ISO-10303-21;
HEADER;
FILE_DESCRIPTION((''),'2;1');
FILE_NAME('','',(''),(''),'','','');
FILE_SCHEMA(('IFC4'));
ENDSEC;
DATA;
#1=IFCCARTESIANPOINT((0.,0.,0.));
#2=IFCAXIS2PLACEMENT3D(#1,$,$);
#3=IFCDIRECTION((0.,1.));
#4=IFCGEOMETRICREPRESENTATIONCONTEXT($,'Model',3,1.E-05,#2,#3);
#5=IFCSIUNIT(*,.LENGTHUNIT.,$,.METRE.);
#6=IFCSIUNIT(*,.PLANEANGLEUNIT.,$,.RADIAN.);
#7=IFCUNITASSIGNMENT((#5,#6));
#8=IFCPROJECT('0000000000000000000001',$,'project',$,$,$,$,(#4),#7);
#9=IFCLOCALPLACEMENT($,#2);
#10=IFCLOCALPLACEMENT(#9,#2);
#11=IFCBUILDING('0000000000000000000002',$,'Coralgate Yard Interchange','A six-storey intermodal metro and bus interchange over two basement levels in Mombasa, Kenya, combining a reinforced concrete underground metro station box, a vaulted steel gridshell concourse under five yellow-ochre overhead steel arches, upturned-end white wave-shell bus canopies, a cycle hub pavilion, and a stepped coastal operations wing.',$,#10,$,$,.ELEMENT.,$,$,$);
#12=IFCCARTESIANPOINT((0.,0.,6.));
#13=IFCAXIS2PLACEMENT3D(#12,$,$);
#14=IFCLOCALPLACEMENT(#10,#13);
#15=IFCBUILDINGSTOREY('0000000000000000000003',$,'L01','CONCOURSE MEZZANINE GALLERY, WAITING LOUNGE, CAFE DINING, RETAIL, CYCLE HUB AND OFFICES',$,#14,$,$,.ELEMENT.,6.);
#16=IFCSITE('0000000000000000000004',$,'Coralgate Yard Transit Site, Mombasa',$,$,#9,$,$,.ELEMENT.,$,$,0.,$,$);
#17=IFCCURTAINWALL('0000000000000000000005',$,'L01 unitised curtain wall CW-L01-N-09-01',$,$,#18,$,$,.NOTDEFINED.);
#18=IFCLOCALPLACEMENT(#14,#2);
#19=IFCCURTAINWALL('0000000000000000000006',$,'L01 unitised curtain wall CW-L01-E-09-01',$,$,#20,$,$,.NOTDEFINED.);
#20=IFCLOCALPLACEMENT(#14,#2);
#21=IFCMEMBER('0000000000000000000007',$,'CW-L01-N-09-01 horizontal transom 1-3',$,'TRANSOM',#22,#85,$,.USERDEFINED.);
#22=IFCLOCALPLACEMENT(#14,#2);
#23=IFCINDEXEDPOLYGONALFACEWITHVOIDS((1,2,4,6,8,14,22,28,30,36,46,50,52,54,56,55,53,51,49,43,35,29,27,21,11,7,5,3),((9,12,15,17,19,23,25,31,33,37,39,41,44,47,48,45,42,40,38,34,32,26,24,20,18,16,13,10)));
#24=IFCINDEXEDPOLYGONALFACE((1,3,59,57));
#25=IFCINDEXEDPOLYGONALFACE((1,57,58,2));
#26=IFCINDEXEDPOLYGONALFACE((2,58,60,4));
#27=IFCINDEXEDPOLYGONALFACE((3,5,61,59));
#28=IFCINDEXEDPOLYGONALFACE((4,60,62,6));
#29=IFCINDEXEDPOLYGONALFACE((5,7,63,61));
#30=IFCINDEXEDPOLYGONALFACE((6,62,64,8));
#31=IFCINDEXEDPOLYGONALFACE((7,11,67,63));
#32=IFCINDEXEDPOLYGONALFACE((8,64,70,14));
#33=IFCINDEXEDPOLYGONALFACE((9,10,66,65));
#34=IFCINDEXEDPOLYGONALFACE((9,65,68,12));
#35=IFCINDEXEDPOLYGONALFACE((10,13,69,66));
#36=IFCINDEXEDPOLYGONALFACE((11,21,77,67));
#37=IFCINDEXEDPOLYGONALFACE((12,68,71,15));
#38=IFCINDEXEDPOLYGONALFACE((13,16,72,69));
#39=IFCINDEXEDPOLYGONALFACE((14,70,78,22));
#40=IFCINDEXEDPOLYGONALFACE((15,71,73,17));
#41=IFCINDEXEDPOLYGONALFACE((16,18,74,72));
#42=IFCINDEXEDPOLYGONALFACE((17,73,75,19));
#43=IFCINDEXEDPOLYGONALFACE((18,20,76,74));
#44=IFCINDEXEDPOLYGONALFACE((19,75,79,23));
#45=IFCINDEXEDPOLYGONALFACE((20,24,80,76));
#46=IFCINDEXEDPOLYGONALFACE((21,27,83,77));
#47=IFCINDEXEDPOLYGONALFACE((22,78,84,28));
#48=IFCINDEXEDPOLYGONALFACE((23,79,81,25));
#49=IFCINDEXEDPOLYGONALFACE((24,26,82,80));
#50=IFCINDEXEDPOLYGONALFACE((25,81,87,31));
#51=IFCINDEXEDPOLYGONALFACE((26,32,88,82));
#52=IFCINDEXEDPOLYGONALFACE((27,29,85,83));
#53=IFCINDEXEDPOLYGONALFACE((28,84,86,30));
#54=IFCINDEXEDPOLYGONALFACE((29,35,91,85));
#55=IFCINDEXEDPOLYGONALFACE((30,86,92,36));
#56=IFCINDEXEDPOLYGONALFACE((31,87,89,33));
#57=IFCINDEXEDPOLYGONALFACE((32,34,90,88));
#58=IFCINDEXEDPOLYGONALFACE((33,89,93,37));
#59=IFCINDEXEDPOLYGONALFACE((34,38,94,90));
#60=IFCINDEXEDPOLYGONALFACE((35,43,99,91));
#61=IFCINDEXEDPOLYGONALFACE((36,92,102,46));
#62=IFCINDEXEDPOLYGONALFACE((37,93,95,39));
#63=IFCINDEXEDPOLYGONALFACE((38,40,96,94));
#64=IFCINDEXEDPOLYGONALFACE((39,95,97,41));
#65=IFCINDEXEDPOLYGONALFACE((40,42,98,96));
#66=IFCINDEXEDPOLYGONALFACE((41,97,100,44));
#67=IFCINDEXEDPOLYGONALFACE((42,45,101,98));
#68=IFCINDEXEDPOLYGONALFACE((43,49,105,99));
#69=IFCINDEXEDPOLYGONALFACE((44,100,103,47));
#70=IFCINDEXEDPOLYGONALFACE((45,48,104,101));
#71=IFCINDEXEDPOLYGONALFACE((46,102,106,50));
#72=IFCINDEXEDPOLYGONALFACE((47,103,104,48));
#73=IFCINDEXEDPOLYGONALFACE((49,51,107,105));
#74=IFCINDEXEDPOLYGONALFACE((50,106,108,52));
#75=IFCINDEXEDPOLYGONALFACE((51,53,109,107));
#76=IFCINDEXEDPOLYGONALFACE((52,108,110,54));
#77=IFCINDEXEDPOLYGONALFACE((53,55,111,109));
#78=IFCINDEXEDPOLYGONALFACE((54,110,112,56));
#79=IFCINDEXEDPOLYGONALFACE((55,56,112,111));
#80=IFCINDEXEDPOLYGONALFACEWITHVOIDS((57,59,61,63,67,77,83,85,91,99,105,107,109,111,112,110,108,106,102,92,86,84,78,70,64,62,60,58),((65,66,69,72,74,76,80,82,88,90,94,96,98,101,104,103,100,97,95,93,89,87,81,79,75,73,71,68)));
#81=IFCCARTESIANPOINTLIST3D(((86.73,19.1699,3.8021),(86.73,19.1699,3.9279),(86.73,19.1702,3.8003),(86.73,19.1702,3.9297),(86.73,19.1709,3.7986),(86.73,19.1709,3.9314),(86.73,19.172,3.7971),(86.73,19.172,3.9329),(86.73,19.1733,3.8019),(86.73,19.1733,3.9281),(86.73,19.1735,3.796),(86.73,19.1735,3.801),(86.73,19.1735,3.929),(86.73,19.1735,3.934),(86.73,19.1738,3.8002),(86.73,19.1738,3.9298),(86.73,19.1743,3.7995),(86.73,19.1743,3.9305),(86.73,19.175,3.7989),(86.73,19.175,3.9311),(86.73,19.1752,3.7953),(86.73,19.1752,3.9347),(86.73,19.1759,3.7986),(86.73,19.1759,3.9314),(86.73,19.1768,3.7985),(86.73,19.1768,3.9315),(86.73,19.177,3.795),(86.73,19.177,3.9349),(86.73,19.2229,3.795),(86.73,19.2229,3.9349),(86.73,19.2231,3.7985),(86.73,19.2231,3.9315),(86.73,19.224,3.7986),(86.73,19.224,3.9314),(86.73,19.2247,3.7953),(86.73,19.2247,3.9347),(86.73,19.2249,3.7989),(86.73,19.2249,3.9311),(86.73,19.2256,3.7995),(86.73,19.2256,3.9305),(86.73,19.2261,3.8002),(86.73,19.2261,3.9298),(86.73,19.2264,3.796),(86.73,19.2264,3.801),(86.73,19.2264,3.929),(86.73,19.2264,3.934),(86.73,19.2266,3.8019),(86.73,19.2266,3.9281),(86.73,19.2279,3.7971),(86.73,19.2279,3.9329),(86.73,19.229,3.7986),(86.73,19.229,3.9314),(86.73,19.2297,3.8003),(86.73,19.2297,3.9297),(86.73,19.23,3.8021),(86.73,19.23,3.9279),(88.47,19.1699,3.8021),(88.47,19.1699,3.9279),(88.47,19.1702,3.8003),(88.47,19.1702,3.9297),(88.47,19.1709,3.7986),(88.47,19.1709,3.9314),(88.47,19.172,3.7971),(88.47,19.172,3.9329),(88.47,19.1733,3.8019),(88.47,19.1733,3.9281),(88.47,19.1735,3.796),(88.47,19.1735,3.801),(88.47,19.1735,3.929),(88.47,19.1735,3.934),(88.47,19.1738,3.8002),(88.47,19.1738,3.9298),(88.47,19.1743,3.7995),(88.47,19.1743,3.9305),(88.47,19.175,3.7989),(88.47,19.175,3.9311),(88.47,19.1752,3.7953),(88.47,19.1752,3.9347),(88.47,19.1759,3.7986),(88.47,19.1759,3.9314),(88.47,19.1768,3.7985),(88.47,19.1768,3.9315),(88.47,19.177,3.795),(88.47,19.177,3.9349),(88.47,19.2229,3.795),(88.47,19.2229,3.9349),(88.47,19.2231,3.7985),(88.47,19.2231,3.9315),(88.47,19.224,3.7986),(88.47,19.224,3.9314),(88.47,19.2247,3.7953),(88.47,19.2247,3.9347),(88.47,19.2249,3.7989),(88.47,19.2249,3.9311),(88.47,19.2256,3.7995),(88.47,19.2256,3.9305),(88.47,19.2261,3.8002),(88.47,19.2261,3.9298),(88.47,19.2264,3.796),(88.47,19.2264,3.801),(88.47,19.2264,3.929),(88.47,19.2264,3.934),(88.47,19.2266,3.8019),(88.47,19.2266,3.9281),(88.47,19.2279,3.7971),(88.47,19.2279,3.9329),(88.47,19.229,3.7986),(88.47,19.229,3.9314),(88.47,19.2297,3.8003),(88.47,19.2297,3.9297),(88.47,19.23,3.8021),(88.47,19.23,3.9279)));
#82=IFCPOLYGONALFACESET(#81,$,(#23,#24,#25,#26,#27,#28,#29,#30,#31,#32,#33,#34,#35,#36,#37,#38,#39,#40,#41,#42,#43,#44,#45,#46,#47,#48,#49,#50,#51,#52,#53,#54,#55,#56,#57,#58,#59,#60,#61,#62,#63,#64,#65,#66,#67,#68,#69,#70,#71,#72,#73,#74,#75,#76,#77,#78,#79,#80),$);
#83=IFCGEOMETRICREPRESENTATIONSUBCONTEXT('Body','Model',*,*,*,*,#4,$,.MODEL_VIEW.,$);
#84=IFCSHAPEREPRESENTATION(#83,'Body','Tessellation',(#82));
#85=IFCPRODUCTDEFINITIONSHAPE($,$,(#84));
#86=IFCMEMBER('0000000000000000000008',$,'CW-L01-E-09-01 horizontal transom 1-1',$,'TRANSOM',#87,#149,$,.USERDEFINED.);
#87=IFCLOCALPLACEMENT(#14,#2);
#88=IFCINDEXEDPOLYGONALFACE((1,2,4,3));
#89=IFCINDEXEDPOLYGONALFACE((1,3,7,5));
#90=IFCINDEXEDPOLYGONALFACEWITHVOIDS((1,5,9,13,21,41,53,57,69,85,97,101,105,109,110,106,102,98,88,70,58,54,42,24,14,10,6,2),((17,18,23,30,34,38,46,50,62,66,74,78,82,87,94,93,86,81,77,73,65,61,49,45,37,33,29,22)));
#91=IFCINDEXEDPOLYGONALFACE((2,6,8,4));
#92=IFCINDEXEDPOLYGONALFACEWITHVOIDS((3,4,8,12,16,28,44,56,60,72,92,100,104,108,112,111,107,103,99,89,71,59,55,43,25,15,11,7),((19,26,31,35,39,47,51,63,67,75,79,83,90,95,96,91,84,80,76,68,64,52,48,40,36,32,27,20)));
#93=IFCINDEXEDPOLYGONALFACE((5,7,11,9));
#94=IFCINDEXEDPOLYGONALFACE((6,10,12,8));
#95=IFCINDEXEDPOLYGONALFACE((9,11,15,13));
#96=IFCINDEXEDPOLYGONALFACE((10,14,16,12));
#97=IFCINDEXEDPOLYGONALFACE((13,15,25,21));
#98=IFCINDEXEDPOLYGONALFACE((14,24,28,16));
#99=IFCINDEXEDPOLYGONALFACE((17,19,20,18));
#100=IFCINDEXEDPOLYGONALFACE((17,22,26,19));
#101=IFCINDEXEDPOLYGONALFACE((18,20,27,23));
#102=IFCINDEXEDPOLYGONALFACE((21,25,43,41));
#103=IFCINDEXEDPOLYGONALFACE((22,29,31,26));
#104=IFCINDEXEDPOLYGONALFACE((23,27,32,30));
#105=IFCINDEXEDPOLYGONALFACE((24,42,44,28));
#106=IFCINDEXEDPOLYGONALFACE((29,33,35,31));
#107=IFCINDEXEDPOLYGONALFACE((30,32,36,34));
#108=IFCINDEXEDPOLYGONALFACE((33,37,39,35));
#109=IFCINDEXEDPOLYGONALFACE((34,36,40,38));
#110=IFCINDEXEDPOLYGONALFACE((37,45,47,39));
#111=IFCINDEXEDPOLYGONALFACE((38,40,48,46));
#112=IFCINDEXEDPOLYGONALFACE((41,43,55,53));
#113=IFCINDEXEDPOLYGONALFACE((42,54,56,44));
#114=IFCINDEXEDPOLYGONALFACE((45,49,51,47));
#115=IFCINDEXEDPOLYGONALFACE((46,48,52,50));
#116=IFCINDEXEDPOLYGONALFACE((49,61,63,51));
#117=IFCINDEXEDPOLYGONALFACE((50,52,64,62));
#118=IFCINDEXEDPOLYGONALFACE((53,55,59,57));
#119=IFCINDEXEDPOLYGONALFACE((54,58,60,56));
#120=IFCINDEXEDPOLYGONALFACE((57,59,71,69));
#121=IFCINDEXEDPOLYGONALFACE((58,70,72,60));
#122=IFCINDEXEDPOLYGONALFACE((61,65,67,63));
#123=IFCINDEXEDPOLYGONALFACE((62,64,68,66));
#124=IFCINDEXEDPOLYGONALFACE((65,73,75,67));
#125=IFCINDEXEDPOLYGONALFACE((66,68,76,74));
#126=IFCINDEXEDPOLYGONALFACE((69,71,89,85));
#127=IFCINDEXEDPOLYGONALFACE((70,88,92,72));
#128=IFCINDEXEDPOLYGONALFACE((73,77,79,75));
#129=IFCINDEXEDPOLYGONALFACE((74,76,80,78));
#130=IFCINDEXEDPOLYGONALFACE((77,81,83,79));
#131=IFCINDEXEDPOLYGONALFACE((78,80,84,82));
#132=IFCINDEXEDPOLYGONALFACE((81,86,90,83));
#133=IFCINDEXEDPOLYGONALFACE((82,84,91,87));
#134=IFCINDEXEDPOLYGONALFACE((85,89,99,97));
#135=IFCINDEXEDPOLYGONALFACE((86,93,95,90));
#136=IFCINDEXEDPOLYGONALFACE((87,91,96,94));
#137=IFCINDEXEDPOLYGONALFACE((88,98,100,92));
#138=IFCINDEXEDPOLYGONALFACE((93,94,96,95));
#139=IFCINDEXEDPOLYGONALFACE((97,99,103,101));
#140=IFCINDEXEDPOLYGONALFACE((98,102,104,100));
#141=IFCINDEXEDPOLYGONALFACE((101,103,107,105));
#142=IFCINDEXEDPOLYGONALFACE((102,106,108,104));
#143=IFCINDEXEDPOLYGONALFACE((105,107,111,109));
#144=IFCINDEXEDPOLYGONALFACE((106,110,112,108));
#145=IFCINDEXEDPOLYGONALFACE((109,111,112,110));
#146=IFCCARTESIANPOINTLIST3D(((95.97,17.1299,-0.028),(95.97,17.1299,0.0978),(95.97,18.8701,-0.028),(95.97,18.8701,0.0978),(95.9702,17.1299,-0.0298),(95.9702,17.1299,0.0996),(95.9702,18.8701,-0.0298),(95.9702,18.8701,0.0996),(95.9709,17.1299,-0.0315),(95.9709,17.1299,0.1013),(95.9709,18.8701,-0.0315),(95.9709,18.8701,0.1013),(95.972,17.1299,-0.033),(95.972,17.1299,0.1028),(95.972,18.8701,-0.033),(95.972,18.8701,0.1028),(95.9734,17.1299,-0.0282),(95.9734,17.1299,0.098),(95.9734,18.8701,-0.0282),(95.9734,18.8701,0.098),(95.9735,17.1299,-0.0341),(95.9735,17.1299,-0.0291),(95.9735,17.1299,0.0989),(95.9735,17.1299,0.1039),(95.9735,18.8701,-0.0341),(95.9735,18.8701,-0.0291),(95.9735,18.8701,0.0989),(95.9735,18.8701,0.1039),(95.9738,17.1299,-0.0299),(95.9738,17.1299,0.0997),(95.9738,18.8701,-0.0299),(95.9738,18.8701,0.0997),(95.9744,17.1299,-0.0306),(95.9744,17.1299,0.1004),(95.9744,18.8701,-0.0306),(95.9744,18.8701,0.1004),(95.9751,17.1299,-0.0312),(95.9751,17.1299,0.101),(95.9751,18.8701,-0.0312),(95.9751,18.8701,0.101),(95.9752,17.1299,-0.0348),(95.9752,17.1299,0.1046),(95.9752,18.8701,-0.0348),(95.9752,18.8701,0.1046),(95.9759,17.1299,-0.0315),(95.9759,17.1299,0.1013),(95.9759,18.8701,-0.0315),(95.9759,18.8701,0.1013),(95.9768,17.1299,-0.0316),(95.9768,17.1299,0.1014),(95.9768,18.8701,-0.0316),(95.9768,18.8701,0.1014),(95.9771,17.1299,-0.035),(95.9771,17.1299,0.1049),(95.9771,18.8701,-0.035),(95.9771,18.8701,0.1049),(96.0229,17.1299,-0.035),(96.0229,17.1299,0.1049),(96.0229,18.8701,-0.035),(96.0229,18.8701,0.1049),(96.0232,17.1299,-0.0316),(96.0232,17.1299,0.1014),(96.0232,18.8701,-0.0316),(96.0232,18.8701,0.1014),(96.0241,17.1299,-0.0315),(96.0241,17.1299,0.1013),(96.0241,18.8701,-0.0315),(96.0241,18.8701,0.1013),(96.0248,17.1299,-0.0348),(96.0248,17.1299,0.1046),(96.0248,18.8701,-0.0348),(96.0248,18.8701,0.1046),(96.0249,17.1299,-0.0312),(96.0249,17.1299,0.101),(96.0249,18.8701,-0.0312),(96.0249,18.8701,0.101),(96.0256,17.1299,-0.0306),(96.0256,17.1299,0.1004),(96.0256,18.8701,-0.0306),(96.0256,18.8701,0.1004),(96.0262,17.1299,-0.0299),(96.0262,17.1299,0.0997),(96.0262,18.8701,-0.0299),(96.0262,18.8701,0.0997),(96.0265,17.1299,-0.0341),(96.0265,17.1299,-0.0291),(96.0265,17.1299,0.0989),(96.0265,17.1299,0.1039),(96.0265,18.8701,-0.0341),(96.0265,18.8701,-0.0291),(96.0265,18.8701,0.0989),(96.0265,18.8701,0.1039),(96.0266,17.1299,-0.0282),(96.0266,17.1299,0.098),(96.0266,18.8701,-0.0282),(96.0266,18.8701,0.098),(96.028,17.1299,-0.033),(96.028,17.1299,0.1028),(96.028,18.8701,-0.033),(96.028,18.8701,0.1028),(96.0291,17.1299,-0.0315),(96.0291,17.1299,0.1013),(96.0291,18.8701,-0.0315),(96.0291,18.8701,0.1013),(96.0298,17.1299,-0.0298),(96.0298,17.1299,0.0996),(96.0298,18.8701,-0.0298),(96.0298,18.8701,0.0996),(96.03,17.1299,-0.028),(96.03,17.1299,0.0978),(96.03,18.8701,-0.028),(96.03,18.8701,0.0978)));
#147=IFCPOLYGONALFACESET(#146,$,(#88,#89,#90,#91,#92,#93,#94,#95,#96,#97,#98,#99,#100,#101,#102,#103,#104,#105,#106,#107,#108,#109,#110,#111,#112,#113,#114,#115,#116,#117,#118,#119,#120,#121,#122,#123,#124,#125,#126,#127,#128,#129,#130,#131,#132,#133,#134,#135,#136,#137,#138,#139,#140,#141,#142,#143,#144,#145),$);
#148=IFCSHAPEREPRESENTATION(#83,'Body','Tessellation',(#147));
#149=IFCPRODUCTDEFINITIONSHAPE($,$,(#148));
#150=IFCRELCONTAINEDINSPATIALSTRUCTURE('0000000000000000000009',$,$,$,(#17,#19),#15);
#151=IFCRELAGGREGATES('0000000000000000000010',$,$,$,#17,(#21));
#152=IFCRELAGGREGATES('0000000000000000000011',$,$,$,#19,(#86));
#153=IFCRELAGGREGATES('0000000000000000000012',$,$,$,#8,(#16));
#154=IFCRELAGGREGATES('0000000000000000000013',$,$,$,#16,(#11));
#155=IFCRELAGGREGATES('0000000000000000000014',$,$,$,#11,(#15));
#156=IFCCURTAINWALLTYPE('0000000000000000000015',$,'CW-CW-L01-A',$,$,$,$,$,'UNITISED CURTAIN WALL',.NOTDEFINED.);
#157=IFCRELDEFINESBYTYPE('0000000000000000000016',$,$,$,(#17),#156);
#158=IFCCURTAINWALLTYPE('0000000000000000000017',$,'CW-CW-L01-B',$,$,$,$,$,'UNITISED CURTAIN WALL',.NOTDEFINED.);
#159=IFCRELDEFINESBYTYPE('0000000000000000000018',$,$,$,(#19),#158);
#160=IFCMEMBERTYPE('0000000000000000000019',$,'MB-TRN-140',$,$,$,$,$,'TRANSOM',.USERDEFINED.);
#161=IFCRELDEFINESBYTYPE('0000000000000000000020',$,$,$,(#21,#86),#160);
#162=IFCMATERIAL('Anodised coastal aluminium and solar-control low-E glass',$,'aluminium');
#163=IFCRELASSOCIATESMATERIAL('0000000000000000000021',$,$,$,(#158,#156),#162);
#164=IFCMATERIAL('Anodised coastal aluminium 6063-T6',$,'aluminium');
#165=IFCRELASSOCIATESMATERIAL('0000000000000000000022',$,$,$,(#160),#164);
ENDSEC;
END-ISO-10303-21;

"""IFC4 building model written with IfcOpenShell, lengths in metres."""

from ifc_helpers import new_model, si_unit, direction, frame, origin, origin_2d, place, context, subcontext, project, spatial, hollow_rectangle, extrude, material, material_profile, profile_set, type_object, element, aggregate, save


model = new_model("IFC4")

# Units and contexts
model_context = context("Model", 3, precision=1e-05, world=origin(), true_north=direction((0.0, 1.0)))
body_context = subcontext(model_context, "Body", "Model", "MODEL_VIEW")
ifc_project = project(units=[si_unit("LENGTHUNIT", "METRE"), si_unit("PLANEANGLEUNIT", "RADIAN")], contexts=[model_context])

# Site, building, storey
site_placement = place(None, origin())
site = spatial("IfcSite", under=ifc_project, at=site_placement, Name="Coralgate Yard Transit Site, Mombasa", CompositionType="ELEMENT", RefElevation=0.0)
building_placement = place(site_placement, origin())
building = spatial("IfcBuilding", under=site, at=building_placement, Name="Coralgate Yard Interchange", Description="A six-storey intermodal metro and bus interchange over two basement levels in Mombasa, Kenya, combining a reinforced concrete underground metro station box, a vaulted steel gridshell concourse under five yellow-ochre overhead steel arches, upturned-end white wave-shell bus canopies, a cycle hub pavilion, and a stepped coastal operations wing.", CompositionType="ELEMENT")
storey_placement = place(building_placement, frame((0.0, 0.0, 6.0)))
storey = spatial("IfcBuildingStorey", under=building, at=storey_placement, Name="L01", Description="CONCOURSE MEZZANINE GALLERY, WAITING LOUNGE, CAFE DINING, RETAIL, CYCLE HUB AND OFFICES", CompositionType="ELEMENT", Elevation=6.0)

# Curtain wall
ifc_material_1 = material(Name="Anodised coastal aluminium and solar-control low-E glass", Category="aluminium")
curtain_wall_type_1 = type_object("IfcCurtainWallType", Name="CW-CW-L01-B", ElementType="UNITISED CURTAIN WALL", PredefinedType="NOTDEFINED", material=ifc_material_1)
ifc_material_2 = material(Name="Anodised coastal aluminium 6063-T6", Category="aluminium")
curtain_wall_type_2 = type_object("IfcCurtainWallType", Name="CW-CW-L01-A", ElementType="UNITISED CURTAIN WALL", PredefinedType="NOTDEFINED", material=ifc_material_1)
curtain_wall_1_placement = place(storey_placement, origin())
curtain_wall_1 = element("IfcCurtainWall", 1, at=curtain_wall_1_placement, inside=storey, type_object=curtain_wall_type_2, Name="L01 unitised curtain wall CW-L01-N-09-01", PredefinedType="NOTDEFINED")

# Curtain wall
curtain_wall_2_placement = place(storey_placement, origin())
curtain_wall_2 = element("IfcCurtainWall", 2, at=curtain_wall_2_placement, inside=storey, type_object=curtain_wall_type_1, Name="L01 unitised curtain wall CW-L01-E-09-01", PredefinedType="NOTDEFINED")

# Members
ifc_material_profile_1 = material_profile(ifc_material_2, hollow_rectangle(XDim=0.0601, YDim=0.1399, WallThickness=0.0034, InnerFilletRadius=0.0034, OuterFilletRadius=0.0071, at=origin_2d()), Name="ALU 60x140x3.5")
ifc_profile_set_1 = profile_set([ifc_material_profile_1], Name="Anodised coastal aluminium 6063-T6")
member_type_1 = type_object("IfcMemberType", Name="MB-TRN-140", ElementType="TRANSOM", PredefinedType="USERDEFINED", material=ifc_profile_set_1)
member_1_placement = place(storey_placement, frame((86.73, 19.2, 3.865), z_axis=(1.0, 0.0, 0.0), x_axis=(0.0, 1.0, 0.0)))
member_1 = element("IfcMember", 3, at=member_1_placement, type_object=member_type_1, Name="CW-L01-N-09-01 horizontal transom 1-3", ObjectType="TRANSOM", PredefinedType="USERDEFINED", context=body_context, shape_type="SweptSolid", body=[
    extrude(hollow_rectangle(XDim=0.0601, YDim=0.1399, WallThickness=0.0034, InnerFilletRadius=0.0034, OuterFilletRadius=0.0071, at=origin_2d()), origin(), (0.0, 0.0, 1.0), 1.74),
])
member_2_placement = place(storey_placement, frame((96.0, 18.8701, 0.0349), z_axis=(0.0, -1.0, 0.0), x_axis=(1.0, 0.0, 0.0)))
member_2 = element("IfcMember", 4, at=member_2_placement, type_object=member_type_1, Name="CW-L01-E-09-01 horizontal transom 1-1", ObjectType="TRANSOM", PredefinedType="USERDEFINED", context=body_context, shape_type="SweptSolid", body=[
    extrude(hollow_rectangle(XDim=0.0601, YDim=0.1399, WallThickness=0.0034, InnerFilletRadius=0.0034, OuterFilletRadius=0.0071, at=origin_2d()), origin(), (0.0, 0.0, 1.0), 1.7402),
])

aggregate(curtain_wall_1, [member_1])
aggregate(curtain_wall_2, [member_2])

save(model, "model.ifc")
